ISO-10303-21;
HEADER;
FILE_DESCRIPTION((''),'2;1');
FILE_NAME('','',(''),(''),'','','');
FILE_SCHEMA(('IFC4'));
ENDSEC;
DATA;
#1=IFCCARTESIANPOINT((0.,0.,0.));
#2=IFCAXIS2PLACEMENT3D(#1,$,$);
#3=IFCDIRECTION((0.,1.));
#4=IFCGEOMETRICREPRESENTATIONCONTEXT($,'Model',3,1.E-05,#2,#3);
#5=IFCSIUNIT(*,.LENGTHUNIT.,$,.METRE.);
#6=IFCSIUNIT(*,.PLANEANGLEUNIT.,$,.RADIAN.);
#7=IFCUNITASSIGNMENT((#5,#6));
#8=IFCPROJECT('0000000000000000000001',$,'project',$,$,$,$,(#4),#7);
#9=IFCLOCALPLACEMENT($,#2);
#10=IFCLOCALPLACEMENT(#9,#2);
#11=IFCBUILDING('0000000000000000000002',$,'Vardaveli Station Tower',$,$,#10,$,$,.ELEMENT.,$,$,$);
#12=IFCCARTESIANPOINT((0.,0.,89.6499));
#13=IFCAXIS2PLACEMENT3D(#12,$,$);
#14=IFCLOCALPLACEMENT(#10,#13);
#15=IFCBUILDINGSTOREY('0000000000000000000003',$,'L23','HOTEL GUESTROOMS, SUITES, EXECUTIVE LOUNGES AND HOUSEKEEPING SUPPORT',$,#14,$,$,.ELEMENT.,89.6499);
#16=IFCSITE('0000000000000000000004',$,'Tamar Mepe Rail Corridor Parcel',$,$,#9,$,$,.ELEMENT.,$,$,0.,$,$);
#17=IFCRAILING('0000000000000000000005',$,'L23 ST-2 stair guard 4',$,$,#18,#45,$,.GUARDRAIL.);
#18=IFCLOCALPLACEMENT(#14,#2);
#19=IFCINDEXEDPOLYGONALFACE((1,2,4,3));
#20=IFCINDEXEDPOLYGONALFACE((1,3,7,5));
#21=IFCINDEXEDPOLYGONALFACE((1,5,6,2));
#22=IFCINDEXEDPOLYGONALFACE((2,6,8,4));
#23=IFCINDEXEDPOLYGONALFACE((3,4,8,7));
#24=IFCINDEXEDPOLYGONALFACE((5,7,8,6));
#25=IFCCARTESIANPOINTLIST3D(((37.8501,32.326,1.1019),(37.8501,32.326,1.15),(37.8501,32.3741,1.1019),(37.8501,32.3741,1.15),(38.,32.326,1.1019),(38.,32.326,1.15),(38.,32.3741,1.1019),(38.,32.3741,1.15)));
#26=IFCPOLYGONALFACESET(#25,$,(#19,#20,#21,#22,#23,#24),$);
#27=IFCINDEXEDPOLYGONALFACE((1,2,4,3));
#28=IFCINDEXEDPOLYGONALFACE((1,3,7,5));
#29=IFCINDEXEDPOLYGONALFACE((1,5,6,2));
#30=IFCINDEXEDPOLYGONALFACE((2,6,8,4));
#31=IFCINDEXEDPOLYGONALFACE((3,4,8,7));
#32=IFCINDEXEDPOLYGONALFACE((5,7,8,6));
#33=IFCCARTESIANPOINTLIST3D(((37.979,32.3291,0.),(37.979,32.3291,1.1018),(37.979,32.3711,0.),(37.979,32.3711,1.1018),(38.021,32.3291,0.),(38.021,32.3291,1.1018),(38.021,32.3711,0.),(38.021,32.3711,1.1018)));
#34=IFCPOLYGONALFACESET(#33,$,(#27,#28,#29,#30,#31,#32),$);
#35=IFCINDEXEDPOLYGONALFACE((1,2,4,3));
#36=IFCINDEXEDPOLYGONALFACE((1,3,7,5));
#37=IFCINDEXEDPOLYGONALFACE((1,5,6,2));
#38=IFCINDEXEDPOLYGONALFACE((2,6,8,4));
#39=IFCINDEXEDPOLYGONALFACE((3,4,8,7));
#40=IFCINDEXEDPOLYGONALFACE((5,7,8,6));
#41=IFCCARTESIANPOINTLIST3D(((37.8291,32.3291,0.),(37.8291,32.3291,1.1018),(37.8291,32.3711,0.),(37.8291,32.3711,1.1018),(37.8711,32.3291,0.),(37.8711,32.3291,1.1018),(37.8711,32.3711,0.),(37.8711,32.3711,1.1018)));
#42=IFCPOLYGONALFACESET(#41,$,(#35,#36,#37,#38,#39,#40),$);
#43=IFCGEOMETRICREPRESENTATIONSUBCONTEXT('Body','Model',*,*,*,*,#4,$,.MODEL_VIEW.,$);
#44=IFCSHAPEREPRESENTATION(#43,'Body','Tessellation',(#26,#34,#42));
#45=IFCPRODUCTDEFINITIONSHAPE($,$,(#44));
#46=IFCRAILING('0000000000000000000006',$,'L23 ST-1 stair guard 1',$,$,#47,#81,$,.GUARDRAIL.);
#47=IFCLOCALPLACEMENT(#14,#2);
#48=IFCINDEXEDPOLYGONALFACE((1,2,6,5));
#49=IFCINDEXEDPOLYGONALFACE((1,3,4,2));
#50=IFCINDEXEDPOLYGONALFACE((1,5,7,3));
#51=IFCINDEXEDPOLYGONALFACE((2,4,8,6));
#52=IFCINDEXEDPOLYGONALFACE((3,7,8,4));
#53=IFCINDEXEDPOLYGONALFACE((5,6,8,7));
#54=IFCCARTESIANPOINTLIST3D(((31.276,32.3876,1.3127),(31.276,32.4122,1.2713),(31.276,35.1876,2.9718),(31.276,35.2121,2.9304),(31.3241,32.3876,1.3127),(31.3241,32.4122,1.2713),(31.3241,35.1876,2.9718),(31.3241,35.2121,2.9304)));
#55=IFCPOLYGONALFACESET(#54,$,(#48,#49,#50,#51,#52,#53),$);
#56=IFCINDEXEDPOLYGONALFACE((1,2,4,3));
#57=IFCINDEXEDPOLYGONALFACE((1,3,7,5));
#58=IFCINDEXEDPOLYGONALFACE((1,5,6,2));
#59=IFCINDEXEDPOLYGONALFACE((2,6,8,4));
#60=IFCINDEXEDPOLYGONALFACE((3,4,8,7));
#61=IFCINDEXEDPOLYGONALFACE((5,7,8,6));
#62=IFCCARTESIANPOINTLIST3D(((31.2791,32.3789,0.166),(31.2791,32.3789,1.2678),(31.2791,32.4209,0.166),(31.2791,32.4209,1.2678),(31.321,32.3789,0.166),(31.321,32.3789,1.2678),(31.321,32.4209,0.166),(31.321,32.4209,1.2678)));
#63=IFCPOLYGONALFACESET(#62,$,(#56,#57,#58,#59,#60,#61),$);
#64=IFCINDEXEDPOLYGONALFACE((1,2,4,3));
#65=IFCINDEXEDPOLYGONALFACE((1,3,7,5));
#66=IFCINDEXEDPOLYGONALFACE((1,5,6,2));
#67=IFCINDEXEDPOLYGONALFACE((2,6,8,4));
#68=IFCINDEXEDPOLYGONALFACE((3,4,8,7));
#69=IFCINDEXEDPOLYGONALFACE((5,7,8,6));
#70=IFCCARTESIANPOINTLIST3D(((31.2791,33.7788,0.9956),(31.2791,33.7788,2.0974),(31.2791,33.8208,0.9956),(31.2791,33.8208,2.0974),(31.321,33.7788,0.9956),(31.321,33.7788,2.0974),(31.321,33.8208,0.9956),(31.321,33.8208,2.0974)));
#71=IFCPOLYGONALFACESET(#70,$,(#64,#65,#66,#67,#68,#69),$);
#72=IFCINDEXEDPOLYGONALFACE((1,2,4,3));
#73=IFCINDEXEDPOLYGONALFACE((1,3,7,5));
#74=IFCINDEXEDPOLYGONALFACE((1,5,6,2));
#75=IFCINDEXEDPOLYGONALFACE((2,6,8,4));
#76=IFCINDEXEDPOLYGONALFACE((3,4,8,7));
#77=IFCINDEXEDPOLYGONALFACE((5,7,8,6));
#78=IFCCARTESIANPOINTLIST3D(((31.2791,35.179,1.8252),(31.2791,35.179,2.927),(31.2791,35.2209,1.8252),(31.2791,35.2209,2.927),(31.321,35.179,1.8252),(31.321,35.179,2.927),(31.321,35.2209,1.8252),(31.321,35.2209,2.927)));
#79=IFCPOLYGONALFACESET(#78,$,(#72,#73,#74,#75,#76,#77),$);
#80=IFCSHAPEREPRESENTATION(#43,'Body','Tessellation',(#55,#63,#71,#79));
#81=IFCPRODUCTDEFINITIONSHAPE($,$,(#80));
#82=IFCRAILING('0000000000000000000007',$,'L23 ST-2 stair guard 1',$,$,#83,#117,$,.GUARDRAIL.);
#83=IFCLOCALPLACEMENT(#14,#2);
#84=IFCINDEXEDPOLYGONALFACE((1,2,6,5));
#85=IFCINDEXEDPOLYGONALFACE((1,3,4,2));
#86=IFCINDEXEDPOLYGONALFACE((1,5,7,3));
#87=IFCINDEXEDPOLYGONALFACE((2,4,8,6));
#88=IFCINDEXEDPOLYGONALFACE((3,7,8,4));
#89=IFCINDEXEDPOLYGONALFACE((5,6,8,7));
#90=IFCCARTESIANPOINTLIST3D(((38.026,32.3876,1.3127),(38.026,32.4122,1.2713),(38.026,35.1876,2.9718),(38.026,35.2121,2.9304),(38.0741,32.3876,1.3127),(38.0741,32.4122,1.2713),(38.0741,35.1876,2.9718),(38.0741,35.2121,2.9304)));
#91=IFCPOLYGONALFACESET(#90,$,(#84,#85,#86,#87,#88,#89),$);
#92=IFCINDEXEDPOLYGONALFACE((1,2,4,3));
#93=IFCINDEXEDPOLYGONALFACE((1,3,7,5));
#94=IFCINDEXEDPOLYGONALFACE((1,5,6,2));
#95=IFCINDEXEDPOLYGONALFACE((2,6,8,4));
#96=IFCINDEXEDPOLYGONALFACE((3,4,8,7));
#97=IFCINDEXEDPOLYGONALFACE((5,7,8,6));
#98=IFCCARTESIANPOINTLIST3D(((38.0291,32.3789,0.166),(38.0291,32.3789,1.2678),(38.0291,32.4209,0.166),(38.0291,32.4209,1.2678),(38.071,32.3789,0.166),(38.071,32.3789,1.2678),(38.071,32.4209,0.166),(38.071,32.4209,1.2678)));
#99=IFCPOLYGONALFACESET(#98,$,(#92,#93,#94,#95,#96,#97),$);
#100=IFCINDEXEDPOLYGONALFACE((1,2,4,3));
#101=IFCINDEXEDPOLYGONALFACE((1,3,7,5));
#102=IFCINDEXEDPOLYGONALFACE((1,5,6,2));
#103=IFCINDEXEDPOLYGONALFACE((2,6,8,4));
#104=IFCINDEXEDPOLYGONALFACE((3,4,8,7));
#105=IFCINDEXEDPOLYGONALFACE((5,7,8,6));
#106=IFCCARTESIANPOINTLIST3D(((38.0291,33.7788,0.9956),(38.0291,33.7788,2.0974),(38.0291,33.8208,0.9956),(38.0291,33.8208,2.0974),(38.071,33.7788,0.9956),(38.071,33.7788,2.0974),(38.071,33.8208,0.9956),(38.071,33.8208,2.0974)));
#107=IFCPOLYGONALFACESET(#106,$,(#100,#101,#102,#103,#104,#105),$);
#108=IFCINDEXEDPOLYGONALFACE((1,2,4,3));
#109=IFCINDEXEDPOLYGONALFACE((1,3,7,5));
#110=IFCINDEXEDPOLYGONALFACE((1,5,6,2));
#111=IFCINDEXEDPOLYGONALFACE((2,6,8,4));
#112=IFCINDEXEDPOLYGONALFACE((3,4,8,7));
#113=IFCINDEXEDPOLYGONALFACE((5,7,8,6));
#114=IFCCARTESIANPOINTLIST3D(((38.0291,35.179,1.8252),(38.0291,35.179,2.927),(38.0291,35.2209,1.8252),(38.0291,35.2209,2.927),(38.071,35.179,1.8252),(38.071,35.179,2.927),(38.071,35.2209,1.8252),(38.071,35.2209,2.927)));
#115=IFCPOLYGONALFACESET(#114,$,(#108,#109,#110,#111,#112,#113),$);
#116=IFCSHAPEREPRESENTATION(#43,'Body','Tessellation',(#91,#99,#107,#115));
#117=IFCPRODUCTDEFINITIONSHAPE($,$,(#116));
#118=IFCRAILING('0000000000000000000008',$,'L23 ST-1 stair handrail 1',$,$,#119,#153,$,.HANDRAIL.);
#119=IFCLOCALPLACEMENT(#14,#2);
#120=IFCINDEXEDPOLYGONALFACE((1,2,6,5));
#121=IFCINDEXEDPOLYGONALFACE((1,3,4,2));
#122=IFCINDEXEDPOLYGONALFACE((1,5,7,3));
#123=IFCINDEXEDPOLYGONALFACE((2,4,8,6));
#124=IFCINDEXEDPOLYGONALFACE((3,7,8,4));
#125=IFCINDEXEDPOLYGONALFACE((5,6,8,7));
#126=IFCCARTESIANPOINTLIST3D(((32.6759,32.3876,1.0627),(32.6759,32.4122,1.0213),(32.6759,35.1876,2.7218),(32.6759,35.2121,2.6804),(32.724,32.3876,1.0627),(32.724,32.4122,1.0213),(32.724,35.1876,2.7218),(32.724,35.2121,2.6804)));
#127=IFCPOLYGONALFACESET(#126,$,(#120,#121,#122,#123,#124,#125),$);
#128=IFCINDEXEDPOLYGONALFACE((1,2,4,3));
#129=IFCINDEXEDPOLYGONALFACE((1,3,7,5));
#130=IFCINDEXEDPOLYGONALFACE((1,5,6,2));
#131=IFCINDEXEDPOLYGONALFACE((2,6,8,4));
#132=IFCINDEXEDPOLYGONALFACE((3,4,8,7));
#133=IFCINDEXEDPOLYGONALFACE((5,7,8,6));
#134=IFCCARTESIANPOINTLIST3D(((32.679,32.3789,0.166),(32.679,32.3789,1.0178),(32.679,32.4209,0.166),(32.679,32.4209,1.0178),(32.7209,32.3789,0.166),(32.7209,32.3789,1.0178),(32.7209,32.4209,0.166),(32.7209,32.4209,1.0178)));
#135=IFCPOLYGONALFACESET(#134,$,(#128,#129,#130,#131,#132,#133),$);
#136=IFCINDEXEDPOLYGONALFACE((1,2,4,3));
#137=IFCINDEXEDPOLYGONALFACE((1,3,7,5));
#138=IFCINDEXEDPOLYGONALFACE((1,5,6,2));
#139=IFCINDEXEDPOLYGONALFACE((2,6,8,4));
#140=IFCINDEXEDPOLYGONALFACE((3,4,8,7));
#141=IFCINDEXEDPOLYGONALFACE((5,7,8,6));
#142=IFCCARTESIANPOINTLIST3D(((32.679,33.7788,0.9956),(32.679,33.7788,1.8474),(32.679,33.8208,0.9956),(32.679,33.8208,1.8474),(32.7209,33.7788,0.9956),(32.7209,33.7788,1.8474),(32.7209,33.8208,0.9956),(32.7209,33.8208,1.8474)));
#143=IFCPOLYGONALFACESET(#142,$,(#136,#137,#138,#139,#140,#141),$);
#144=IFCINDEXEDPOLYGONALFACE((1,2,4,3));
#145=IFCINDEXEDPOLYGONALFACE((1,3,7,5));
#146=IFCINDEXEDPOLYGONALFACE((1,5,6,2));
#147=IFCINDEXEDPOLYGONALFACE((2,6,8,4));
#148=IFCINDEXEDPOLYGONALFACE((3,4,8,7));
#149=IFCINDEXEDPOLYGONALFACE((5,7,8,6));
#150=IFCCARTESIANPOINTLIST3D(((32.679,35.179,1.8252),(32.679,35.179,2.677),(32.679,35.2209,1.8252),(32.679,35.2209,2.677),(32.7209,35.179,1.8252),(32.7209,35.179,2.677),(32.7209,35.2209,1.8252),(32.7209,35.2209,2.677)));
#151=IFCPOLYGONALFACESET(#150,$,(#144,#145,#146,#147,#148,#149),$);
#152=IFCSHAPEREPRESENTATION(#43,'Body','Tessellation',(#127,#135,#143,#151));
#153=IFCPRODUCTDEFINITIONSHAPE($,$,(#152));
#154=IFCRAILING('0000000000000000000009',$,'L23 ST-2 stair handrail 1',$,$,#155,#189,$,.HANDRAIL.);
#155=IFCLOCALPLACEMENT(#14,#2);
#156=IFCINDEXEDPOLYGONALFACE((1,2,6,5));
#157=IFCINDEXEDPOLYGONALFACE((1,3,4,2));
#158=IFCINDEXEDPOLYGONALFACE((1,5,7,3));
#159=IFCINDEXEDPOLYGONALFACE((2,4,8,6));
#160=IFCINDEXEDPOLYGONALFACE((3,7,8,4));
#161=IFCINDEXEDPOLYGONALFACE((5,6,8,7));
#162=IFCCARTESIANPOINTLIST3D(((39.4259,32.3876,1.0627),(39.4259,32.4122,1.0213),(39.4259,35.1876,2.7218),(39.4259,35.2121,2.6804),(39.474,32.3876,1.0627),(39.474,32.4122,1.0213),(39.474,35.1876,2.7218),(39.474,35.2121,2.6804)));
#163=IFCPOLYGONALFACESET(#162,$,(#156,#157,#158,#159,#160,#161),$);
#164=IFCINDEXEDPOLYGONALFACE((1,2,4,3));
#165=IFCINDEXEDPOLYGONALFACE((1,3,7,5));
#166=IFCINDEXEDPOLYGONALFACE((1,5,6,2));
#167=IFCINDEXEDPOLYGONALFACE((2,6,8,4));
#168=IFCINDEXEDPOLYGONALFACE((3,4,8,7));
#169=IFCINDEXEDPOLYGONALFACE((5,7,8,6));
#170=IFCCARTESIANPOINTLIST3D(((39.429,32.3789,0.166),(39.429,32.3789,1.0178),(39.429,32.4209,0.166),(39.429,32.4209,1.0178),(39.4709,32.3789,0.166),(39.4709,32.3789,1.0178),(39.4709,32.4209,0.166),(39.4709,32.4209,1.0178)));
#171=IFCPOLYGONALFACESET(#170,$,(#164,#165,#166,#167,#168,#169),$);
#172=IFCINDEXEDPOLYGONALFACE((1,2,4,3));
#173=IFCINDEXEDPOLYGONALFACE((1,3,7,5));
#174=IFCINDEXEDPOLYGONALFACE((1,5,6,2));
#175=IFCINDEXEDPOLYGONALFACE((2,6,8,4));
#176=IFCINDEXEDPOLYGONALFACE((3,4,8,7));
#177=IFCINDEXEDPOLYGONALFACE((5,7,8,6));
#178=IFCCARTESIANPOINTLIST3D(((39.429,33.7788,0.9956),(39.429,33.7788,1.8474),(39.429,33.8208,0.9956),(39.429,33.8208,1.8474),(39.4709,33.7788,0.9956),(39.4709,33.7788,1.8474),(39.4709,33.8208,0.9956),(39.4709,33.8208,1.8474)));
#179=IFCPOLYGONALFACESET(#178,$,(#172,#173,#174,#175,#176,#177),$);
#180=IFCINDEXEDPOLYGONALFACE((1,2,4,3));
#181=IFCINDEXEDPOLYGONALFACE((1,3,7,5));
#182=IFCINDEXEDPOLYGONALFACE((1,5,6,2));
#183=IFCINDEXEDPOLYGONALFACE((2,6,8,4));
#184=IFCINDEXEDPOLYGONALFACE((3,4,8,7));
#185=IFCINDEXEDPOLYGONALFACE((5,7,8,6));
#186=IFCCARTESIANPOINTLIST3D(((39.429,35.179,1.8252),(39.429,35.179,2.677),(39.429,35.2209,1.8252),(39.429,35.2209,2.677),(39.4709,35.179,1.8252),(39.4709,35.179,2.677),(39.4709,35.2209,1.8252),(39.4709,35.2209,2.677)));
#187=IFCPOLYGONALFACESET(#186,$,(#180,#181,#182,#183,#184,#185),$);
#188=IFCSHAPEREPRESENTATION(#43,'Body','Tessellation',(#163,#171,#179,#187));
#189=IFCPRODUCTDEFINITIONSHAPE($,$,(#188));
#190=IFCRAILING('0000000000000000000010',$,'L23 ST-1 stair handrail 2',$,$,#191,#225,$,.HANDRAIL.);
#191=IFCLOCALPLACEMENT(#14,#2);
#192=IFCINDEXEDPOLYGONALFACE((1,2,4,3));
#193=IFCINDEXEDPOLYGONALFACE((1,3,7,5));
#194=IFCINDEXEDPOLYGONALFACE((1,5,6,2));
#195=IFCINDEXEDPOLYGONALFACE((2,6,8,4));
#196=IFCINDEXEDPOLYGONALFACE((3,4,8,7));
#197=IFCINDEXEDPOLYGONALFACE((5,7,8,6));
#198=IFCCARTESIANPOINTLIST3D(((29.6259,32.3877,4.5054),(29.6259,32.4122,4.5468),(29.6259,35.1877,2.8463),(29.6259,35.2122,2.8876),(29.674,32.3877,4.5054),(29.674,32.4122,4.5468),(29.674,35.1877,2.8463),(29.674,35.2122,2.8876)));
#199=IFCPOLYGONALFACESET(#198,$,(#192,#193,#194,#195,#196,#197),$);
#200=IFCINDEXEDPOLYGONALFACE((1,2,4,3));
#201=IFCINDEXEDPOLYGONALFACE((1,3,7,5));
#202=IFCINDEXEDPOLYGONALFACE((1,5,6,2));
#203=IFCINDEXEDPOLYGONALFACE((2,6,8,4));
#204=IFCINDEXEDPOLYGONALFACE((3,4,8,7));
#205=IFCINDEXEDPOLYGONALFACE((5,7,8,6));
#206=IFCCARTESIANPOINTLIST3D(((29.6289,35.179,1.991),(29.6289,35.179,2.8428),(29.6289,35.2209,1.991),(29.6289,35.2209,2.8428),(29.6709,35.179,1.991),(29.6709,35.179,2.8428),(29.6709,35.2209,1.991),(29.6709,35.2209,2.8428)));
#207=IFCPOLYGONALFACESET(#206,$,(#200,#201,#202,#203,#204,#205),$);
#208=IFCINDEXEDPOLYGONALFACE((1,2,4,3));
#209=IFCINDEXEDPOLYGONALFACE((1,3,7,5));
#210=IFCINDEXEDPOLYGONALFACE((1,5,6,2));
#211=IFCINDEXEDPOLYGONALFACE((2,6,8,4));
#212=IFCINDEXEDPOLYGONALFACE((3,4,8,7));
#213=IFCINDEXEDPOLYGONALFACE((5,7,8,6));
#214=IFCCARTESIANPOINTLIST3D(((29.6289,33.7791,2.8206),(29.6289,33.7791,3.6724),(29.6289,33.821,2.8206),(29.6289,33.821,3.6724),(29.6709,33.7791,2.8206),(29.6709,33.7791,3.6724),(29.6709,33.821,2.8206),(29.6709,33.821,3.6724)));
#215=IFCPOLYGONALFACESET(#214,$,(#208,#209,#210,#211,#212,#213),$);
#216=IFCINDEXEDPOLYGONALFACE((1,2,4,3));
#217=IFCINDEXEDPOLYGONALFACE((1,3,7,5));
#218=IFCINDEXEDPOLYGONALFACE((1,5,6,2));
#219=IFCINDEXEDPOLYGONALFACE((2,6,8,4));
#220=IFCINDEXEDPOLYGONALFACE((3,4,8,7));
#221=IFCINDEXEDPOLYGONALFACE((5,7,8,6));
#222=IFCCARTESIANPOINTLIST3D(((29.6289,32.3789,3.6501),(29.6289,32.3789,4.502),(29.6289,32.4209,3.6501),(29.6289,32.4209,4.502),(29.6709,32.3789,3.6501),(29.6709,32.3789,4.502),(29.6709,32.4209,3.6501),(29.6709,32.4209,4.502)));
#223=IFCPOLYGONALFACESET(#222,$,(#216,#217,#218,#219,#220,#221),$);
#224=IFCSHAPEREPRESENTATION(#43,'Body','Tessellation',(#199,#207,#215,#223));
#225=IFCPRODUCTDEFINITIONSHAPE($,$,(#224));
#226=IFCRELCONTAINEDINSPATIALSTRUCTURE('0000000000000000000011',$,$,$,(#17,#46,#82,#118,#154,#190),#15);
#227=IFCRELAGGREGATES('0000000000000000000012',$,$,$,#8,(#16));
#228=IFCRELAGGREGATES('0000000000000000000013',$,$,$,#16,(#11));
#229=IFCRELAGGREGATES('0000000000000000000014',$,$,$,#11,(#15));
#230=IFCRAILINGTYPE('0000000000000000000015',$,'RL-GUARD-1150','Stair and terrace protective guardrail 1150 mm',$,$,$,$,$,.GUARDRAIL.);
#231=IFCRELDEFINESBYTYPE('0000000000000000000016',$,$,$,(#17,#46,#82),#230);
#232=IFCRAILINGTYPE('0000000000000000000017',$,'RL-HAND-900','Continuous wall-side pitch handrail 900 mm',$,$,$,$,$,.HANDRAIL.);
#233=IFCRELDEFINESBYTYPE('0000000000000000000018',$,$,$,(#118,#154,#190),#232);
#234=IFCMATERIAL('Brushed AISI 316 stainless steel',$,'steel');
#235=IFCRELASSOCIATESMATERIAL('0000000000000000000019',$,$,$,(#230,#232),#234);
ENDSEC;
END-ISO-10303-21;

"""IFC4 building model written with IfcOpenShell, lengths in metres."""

from ifc_helpers import new_model, si_unit, direction, frame, origin, origin_2d, place, context, subcontext, project, spatial, rectangle, extrude, source, transform, mapped, material, type_object, element, save


model = new_model("IFC4")

# Units and contexts
model_context = context("Model", 3, precision=1e-05, world=origin(), true_north=direction((0.0, 1.0)))
body_context = subcontext(model_context, "Body", "Model", "MODEL_VIEW")
ifc_project = project(units=[si_unit("LENGTHUNIT", "METRE"), si_unit("PLANEANGLEUNIT", "RADIAN")], contexts=[model_context])

# Site, building, storey
site_placement = place(None, origin())
site = spatial("IfcSite", under=ifc_project, at=site_placement, Name="Tamar Mepe Rail Corridor Parcel", CompositionType="ELEMENT", RefElevation=0.0)
building_placement = place(site_placement, origin())
building = spatial("IfcBuilding", under=site, at=building_placement, Name="Vardaveli Station Tower", CompositionType="ELEMENT")
storey_placement = place(building_placement, frame((0.0, 0.0, 89.6499)))
storey = spatial("IfcBuildingStorey", under=building, at=storey_placement, Name="L23", Description="HOTEL GUESTROOMS, SUITES, EXECUTIVE LOUNGES AND HOUSEKEEPING SUPPORT", CompositionType="ELEMENT", Elevation=89.6499)

# Railings
ifc_material_1 = material(Name="Brushed AISI 316 stainless steel", Category="steel")
railing_type_1 = type_object("IfcRailingType", Name="RL-GUARD-1150", Description="Stair and terrace protective guardrail 1150 mm", PredefinedType="GUARDRAIL", material=ifc_material_1)
shared_shape_1 = source(origin(), body_context, "Body", "SweptSolid", [
    extrude(rectangle(XDim=0.0481, YDim=0.0481, at=origin_2d()), frame((0.0, 0.0, 1.126), z_axis=(-1.0, 0.0, 0.0), x_axis=(0.0, -1.0, 0.0)), (0.0, 0.0, 1.0), 0.1499),
    extrude(rectangle(XDim=0.042, YDim=0.042, at=origin_2d()), origin(), (0.0, 0.0, 1.0), 1.1018),
    extrude(rectangle(XDim=0.042, YDim=0.042, at=origin_2d()), frame((-0.1499, 0.0, 0.0)), (0.0, 0.0, 1.0), 1.1018),
])
for number, where, name in (
    (1, (38.0, 32.3501, 0.0), "L23 ST-2 stair guard 4"),
):
    element("IfcRailing", number, at=place(storey_placement, frame(where)), inside=storey, type_object=railing_type_1, Name=name, PredefinedType="GUARDRAIL", context=body_context, shape_type="MappedRepresentation", body=[
        mapped(shared_shape_1, transform((0.0, 0.0, 0.0), scale=1.0)),
    ])
shared_shape_2 = source(origin(), body_context, "Body", "SweptSolid", [
    extrude(rectangle(XDim=0.0481, YDim=0.0481, at=origin_2d()), frame((0.0, 0.0, 1.126), z_axis=(0.0, 0.860306, 0.509778), x_axis=(-1.0, 0.0, 0.0)), (0.0, 0.0, 1.0), 3.2546),
    extrude(rectangle(XDim=0.042, YDim=0.042, at=origin_2d()), origin(), (0.0, 0.0, 1.0), 1.1018),
    extrude(rectangle(XDim=0.042, YDim=0.042, at=origin_2d()), frame((0.0, 1.3999, 0.8296)), (0.0, 0.0, 1.0), 1.1018),
    extrude(rectangle(XDim=0.042, YDim=0.042, at=origin_2d()), frame((0.0, 2.8, 1.6592)), (0.0, 0.0, 1.0), 1.1018),
])
for number, where, name in (
    (2, (31.3, 32.3999, 0.166), "L23 ST-1 stair guard 1"),
    (3, (38.05, 32.3999, 0.166), "L23 ST-2 stair guard 1"),
):
    element("IfcRailing", number, at=place(storey_placement, frame(where)), inside=storey, type_object=railing_type_1, Name=name, PredefinedType="GUARDRAIL", context=body_context, shape_type="MappedRepresentation", body=[
        mapped(shared_shape_2, transform((0.0, 0.0, 0.0), scale=1.0)),
    ])
railing_type_2 = type_object("IfcRailingType", Name="RL-HAND-900", Description="Continuous wall-side pitch handrail 900 mm", PredefinedType="HANDRAIL", material=ifc_material_1)
shared_shape_3 = source(origin(), body_context, "Body", "SweptSolid", [
    extrude(rectangle(XDim=0.0481, YDim=0.0481, at=origin_2d()), frame((0.0, 0.0, 0.876), z_axis=(0.0, 0.860306, 0.509778), x_axis=(-1.0, 0.0, 0.0)), (0.0, 0.0, 1.0), 3.2546),
    extrude(rectangle(XDim=0.042, YDim=0.042, at=origin_2d()), origin(), (0.0, 0.0, 1.0), 0.8518),
    extrude(rectangle(XDim=0.042, YDim=0.042, at=origin_2d()), frame((0.0, 1.3999, 0.8296)), (0.0, 0.0, 1.0), 0.8518),
    extrude(rectangle(XDim=0.042, YDim=0.042, at=origin_2d()), frame((0.0, 2.8, 1.6592)), (0.0, 0.0, 1.0), 0.8518),
])
for number, where, name in (
    (4, (32.7, 32.3999, 0.166), "L23 ST-1 stair handrail 1"),
    (5, (39.45, 32.3999, 0.166), "L23 ST-2 stair handrail 1"),
):
    element("IfcRailing", number, at=place(storey_placement, frame(where)), inside=storey, type_object=railing_type_2, Name=name, PredefinedType="HANDRAIL", context=body_context, shape_type="MappedRepresentation", body=[
        mapped(shared_shape_3, transform((0.0, 0.0, 0.0), scale=1.0)),
    ])
shared_shape_4 = source(origin(), body_context, "Body", "SweptSolid", [
    extrude(rectangle(XDim=0.0481, YDim=0.0481, at=origin_2d()), frame((0.0, 0.0, 0.876), z_axis=(0.0, -0.860306, 0.509778), x_axis=(1.0, 0.0, 0.0)), (0.0, 0.0, 1.0), 3.2546),
    extrude(rectangle(XDim=0.042, YDim=0.042, at=origin_2d()), origin(), (0.0, 0.0, 1.0), 0.8518),
    extrude(rectangle(XDim=0.042, YDim=0.042, at=origin_2d()), frame((0.0, -1.3999, 0.8296)), (0.0, 0.0, 1.0), 0.8518),
    extrude(rectangle(XDim=0.042, YDim=0.042, at=origin_2d()), frame((0.0, -2.8, 1.6592)), (0.0, 0.0, 1.0), 0.8518),
])
railing_placement = place(storey_placement, frame((29.6499, 35.2, 1.991)))
element("IfcRailing", 6, at=railing_placement, inside=storey, type_object=railing_type_2, Name="L23 ST-1 stair handrail 2", PredefinedType="HANDRAIL", context=body_context, shape_type="MappedRepresentation", body=[
    mapped(shared_shape_4, transform((0.0, 0.0, 0.0), scale=1.0)),
])

save(model, "model.ifc")
